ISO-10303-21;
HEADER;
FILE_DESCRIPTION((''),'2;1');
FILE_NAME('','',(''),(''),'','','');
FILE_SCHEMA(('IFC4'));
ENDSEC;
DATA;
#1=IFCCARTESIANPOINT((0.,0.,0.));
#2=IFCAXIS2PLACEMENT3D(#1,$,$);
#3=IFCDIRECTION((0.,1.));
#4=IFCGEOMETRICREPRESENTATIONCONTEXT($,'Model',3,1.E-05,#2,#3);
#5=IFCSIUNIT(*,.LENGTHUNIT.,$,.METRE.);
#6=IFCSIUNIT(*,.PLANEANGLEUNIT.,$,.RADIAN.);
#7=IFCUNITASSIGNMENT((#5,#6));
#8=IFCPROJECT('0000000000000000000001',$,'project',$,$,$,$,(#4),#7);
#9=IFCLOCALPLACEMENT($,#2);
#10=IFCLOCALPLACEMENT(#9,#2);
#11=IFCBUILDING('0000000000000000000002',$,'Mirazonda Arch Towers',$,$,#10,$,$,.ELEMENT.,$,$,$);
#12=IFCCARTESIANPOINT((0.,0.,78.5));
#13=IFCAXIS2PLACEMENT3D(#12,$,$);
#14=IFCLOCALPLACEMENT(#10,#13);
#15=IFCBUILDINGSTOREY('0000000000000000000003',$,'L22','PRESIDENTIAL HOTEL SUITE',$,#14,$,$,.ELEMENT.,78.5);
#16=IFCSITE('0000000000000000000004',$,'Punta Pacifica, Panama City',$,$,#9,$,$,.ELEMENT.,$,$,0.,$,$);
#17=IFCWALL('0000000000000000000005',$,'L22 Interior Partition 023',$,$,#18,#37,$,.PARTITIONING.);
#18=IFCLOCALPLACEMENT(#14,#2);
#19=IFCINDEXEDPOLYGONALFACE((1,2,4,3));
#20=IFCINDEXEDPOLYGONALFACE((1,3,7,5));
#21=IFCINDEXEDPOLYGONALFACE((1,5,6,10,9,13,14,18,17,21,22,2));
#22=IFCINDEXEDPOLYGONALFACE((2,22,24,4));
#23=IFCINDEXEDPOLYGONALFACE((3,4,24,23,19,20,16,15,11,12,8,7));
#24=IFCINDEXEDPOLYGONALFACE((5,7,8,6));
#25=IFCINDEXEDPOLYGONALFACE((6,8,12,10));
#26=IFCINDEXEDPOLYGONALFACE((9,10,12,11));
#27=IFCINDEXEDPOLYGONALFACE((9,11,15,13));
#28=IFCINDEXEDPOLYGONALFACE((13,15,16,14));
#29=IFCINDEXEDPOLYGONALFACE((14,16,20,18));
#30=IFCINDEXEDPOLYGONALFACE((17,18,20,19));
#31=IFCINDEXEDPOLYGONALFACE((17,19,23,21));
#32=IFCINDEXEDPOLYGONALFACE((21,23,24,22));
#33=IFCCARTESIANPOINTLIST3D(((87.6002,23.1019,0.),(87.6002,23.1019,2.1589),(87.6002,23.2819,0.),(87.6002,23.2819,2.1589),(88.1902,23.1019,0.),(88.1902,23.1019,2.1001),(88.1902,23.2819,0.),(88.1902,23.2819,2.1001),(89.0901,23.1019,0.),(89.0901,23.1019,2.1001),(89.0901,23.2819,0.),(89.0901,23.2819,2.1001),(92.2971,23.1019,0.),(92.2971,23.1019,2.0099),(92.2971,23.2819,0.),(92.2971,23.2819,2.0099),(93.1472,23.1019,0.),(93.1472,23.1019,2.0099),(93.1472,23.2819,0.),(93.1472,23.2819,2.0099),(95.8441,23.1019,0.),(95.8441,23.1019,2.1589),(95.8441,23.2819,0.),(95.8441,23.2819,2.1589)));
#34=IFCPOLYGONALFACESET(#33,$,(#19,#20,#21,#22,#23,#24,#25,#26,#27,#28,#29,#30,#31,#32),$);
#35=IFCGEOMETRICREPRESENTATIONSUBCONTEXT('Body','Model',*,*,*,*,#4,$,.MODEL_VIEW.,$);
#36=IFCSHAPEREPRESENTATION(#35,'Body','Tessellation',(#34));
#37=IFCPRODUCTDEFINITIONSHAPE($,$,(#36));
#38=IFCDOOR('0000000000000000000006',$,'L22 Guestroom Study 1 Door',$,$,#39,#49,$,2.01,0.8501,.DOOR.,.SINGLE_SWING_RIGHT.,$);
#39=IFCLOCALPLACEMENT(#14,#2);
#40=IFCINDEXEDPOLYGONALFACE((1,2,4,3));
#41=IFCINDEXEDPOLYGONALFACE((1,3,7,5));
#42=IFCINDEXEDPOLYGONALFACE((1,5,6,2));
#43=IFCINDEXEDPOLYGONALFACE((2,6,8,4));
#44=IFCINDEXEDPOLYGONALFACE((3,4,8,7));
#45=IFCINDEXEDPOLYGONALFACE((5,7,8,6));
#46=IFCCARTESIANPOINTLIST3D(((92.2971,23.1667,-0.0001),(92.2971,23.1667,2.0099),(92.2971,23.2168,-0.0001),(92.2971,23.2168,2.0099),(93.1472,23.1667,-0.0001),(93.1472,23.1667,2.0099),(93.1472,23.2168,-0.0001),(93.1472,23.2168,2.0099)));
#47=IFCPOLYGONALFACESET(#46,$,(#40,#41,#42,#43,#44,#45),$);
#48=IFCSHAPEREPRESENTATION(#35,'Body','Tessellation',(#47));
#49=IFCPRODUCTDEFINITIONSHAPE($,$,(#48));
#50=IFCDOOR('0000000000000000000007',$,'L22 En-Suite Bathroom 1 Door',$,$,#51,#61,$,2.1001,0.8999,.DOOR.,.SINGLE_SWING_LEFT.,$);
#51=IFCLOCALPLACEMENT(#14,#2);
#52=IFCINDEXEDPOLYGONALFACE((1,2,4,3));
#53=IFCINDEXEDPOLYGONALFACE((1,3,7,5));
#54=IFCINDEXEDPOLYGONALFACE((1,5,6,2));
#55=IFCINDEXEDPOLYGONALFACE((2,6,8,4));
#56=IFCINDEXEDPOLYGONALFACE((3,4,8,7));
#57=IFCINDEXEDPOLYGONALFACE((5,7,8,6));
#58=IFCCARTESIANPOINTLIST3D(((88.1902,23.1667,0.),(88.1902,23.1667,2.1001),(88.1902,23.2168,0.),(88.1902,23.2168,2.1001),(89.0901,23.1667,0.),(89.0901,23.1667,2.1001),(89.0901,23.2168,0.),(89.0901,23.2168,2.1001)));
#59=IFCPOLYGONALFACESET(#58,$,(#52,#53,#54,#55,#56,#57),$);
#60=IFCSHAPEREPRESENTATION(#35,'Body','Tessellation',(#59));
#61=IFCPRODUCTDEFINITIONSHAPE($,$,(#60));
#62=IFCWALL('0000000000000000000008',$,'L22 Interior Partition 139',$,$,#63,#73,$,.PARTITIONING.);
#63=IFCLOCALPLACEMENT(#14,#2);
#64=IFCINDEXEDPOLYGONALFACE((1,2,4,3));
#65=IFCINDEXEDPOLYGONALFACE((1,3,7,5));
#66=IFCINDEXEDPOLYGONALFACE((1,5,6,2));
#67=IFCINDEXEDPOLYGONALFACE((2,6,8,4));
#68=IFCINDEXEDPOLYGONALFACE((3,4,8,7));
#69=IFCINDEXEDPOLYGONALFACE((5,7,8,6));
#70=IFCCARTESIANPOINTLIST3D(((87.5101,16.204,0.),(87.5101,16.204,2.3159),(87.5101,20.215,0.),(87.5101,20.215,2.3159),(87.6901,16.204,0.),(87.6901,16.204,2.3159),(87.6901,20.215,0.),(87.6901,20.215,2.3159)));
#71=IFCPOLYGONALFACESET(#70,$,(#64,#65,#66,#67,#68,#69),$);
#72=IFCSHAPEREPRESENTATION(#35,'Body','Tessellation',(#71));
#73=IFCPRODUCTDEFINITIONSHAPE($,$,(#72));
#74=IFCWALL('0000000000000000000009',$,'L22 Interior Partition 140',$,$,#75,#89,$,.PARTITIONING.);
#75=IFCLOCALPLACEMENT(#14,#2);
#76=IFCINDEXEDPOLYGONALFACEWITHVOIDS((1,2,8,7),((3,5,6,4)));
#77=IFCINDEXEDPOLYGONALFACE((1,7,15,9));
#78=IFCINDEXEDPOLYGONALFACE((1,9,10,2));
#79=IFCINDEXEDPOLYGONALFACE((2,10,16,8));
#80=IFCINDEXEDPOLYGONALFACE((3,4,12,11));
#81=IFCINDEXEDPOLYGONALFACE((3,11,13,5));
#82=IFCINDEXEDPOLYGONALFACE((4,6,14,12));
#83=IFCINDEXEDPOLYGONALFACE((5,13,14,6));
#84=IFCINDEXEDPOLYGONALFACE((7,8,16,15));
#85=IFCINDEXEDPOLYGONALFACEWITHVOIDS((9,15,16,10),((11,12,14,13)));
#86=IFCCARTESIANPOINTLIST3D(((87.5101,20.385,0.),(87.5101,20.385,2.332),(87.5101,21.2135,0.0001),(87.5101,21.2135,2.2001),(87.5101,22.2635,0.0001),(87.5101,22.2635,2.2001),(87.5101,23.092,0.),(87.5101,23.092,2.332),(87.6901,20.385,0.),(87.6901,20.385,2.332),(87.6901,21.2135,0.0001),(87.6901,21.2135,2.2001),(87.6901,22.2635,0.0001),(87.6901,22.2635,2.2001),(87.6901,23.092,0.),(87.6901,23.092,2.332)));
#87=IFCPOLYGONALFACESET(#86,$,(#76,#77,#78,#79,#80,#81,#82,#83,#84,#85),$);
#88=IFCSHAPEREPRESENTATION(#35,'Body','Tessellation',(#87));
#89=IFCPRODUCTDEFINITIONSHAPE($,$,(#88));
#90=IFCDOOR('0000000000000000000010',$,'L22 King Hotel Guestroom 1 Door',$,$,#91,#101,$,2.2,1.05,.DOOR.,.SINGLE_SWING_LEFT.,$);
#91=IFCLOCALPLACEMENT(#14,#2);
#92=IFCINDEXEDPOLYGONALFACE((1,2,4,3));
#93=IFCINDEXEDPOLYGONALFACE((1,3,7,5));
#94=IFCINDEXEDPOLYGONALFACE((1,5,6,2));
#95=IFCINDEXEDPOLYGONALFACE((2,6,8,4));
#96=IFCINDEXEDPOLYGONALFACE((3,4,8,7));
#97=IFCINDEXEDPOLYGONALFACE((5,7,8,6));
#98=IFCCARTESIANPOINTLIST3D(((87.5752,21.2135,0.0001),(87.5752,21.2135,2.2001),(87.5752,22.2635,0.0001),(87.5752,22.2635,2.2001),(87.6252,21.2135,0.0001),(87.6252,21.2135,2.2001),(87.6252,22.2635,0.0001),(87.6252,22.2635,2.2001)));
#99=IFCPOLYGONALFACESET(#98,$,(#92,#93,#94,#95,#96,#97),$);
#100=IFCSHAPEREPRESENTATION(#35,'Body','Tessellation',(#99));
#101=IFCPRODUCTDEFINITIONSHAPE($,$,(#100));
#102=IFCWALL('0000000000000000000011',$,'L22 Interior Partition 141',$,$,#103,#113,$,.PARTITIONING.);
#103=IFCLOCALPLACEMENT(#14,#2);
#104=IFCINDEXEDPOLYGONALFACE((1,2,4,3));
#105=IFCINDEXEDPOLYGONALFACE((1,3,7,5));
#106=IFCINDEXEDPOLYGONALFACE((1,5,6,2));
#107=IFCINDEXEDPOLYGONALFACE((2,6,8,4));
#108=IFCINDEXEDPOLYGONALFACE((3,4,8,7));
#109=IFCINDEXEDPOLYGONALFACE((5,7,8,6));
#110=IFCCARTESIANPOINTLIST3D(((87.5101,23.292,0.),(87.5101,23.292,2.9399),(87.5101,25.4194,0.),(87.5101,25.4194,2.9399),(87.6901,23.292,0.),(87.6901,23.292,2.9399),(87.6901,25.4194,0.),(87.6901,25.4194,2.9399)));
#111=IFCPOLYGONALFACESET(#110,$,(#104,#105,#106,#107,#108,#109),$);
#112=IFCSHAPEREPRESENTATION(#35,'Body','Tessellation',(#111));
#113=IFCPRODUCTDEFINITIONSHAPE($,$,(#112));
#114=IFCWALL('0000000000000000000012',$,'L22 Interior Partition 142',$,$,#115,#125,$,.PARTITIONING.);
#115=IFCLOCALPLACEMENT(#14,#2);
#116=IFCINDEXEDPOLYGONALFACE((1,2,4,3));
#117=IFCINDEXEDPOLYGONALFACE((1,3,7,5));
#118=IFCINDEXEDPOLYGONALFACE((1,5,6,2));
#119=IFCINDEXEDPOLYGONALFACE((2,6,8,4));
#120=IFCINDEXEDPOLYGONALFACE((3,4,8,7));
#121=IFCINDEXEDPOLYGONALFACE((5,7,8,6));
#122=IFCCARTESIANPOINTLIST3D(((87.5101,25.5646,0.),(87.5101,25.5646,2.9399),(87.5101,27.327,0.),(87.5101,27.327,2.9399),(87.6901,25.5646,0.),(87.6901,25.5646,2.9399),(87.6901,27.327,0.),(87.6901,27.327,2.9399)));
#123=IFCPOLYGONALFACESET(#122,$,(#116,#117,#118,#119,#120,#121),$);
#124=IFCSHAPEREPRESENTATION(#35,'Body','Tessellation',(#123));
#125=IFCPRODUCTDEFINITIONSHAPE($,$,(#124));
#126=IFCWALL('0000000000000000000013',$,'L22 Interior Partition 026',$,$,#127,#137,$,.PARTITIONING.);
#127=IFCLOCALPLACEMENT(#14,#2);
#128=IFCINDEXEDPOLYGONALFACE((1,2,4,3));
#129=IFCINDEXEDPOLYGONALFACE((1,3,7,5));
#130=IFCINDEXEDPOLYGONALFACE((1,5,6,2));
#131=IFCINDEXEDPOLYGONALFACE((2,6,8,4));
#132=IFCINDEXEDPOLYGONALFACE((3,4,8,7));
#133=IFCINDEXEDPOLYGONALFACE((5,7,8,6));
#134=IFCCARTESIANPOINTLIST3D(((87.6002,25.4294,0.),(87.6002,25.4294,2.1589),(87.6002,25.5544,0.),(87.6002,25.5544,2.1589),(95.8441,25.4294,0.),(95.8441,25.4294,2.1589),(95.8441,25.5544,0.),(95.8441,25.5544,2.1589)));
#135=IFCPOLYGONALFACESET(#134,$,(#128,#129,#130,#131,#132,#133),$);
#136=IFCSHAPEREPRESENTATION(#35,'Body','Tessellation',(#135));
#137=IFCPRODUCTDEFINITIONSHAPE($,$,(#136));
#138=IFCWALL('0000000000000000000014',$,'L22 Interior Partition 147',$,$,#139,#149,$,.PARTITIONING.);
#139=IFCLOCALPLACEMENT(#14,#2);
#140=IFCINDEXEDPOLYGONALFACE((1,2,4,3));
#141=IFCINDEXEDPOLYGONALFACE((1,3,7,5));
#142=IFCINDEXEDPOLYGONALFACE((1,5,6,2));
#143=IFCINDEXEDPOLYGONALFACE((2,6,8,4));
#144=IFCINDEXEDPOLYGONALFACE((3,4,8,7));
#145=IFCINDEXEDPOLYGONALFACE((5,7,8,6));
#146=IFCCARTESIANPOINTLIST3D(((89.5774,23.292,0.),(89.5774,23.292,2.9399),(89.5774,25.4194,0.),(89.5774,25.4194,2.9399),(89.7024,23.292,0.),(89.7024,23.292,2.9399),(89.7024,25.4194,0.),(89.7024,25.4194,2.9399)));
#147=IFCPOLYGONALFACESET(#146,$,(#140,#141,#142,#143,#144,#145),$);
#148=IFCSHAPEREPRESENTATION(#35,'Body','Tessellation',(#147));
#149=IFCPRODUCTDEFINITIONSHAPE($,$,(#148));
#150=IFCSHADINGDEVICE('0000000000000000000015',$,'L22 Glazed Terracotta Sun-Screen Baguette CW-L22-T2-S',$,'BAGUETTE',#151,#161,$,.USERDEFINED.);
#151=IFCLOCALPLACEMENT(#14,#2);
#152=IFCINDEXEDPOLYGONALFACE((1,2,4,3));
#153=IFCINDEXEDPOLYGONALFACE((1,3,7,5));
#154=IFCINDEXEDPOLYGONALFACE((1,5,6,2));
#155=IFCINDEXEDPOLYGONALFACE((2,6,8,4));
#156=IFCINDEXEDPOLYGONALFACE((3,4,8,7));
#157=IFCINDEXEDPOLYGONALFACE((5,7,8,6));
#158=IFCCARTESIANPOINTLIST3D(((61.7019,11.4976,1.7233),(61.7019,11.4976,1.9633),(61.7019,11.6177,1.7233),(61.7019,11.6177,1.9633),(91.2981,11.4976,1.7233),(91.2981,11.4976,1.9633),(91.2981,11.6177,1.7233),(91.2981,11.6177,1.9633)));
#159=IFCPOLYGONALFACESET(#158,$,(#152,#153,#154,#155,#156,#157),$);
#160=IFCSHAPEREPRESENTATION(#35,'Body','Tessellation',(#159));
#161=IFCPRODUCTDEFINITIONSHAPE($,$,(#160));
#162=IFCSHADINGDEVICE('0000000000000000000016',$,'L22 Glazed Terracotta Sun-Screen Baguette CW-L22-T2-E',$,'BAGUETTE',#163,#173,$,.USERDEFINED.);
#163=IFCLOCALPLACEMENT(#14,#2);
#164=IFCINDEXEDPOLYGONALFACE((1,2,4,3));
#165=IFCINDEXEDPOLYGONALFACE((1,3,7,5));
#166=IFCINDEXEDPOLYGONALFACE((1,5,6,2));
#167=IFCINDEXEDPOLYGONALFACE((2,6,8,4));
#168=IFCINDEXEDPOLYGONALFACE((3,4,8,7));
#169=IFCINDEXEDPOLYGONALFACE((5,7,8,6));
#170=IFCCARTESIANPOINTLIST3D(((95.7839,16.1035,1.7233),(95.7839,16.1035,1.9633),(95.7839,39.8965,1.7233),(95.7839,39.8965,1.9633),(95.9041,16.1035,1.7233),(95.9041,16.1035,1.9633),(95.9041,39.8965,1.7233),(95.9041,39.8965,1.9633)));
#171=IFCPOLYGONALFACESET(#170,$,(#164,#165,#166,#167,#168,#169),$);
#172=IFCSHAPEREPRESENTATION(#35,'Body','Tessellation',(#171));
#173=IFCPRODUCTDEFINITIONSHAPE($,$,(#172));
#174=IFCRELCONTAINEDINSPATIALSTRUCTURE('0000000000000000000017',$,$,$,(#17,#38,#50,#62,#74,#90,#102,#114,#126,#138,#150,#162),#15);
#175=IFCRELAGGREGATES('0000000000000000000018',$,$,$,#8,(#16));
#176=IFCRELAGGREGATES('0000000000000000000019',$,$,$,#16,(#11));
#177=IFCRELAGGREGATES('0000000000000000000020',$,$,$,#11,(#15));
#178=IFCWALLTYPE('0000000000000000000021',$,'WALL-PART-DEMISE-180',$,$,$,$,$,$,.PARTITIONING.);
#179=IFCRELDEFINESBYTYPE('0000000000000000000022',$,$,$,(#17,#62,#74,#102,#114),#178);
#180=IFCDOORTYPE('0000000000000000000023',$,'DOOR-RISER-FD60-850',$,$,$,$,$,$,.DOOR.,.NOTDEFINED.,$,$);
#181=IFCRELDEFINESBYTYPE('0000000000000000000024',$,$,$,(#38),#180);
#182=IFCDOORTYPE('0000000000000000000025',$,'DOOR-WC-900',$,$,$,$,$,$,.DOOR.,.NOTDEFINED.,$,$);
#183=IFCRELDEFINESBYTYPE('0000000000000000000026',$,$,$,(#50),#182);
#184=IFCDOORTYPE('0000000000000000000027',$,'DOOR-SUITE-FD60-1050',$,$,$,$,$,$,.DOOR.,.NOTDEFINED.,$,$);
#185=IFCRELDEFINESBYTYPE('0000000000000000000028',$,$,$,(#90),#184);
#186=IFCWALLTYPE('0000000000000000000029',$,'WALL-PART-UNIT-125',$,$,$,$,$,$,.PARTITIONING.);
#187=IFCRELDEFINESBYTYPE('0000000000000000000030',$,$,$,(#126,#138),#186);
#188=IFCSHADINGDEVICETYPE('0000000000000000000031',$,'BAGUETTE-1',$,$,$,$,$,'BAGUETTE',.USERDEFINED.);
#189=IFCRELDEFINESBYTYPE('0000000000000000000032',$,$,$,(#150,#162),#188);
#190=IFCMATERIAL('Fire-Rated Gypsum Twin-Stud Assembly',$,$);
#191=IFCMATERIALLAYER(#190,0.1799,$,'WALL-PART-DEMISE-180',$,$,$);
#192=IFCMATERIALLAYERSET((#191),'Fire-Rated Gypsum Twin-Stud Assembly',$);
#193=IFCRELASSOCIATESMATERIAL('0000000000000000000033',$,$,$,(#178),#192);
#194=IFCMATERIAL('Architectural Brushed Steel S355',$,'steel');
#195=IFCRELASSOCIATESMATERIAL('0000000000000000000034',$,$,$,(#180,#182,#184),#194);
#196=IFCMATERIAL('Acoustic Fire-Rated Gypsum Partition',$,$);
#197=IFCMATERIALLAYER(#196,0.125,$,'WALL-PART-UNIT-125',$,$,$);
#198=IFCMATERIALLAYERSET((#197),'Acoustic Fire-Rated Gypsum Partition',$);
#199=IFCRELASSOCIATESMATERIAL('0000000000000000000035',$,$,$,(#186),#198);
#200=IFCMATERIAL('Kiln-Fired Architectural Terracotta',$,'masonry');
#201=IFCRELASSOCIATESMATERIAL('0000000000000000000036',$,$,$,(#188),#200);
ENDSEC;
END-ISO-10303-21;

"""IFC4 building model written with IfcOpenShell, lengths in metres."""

from ifc_helpers import new_model, si_unit, direction, frame, frame_2d, origin, origin_2d, place, context, subcontext, project, spatial, rectangle, extrude, material, layer, layer_set, material_profile, profile_set, type_object, element, fill, save


model = new_model("IFC4")

# Units and contexts
model_context = context("Model", 3, precision=1e-05, world=origin(), true_north=direction((0.0, 1.0)))
body_context = subcontext(model_context, "Body", "Model", "MODEL_VIEW")
ifc_project = project(units=[si_unit("LENGTHUNIT", "METRE"), si_unit("PLANEANGLEUNIT", "RADIAN")], contexts=[model_context])

# Site, building, storey
site_placement = place(None, origin())
site = spatial("IfcSite", under=ifc_project, at=site_placement, Name="Punta Pacifica, Panama City", CompositionType="ELEMENT", RefElevation=0.0)
building_placement = place(site_placement, origin())
building = spatial("IfcBuilding", under=site, at=building_placement, Name="Mirazonda Arch Towers", CompositionType="ELEMENT")
storey_placement = place(building_placement, frame((0.0, 0.0, 78.5)))
storey = spatial("IfcBuildingStorey", under=building, at=storey_placement, Name="L22", Description="PRESIDENTIAL HOTEL SUITE", CompositionType="ELEMENT", Elevation=78.5)

# Shared definitions
ifc_material_1 = material(Name="Fire-Rated Gypsum Twin-Stud Assembly")
ifc_layer_1 = layer(ifc_material_1, 0.1799, Name="WALL-PART-DEMISE-180")
ifc_layer_set_1 = layer_set([ifc_layer_1], Name="Fire-Rated Gypsum Twin-Stud Assembly")
wall_type_1 = type_object("IfcWallType", Name="WALL-PART-DEMISE-180", PredefinedType="PARTITIONING", material=ifc_layer_set_1)

# Wall, openings, doors
wall_1_placement = place(storey_placement, frame((87.6001, 23.1919, 0.0), z_axis=(0.0, 0.0, 1.0), x_axis=(1.0, 0.0, 0.0)))
wall_1 = element("IfcWall", 1, at=wall_1_placement, inside=storey, type_object=wall_type_1, Name="L22 Interior Partition 023", PredefinedType="PARTITIONING", context=body_context, shape_type="SweptSolid", body=[
    extrude(rectangle(XDim=8.2439, YDim=0.1799, at=frame_2d((4.1221, 0.0))), origin(), (0.0, 0.0, 1.0), 2.1589),
])
opening_1_placement = place(wall_1_placement, frame((4.697, 0.0, 0.0)))
opening_1 = element("IfcOpeningElement", 2, at=opening_1_placement, cuts=wall_1, PredefinedType="OPENING", context=body_context, shape_type="SweptSolid", body=[
    extrude(rectangle(XDim=0.8501, YDim=2.01, at=frame_2d((0.425, 1.0049))), frame((0.0, 0.0999, 0.0), z_axis=(0.0, -1.0, 0.0), x_axis=(1.0, 0.0, 0.0)), (0.0, 0.0, 1.0), 0.2),
])
opening_2_placement = place(wall_1_placement, frame((0.5901, 0.0, 0.0)))
opening_2 = element("IfcOpeningElement", 3, at=opening_2_placement, cuts=wall_1, PredefinedType="OPENING", context=body_context, shape_type="SweptSolid", body=[
    extrude(rectangle(XDim=0.8999, YDim=2.1001, at=frame_2d((0.45, 1.05))), frame((0.0, 0.0999, 0.0), z_axis=(0.0, -1.0, 0.0), x_axis=(1.0, 0.0, 0.0)), (0.0, 0.0, 1.0), 0.2),
])
ifc_material_2 = material(Name="Architectural Brushed Steel S355", Category="steel")
door_type_1 = type_object("IfcDoorType", Name="DOOR-RISER-FD60-850", OperationType="NOTDEFINED", PredefinedType="DOOR", material=ifc_material_2)
door_1_placement = place(opening_1_placement, origin())
door_1 = element("IfcDoor", 4, at=door_1_placement, inside=storey, type_object=door_type_1, Name="L22 Guestroom Study 1 Door", OperationType="SINGLE_SWING_RIGHT", OverallHeight=2.01, OverallWidth=0.8501, PredefinedType="DOOR", context=body_context, shape_type="SweptSolid", body=[
    extrude(rectangle(XDim=0.8501, YDim=2.01, at=frame_2d((0.425, 1.0049))), frame((0.0, 0.0249, 0.0), z_axis=(0.0, -1.0, 0.0), x_axis=(1.0, 0.0, 0.0)), (0.0, 0.0, 1.0), 0.05),
])
fill(opening_1, door_1)
door_type_2 = type_object("IfcDoorType", Name="DOOR-WC-900", OperationType="NOTDEFINED", PredefinedType="DOOR", material=ifc_material_2)
door_2_placement = place(opening_2_placement, origin())
door_2 = element("IfcDoor", 5, at=door_2_placement, inside=storey, type_object=door_type_2, Name="L22 En-Suite Bathroom 1 Door", OperationType="SINGLE_SWING_LEFT", OverallHeight=2.1001, OverallWidth=0.8999, PredefinedType="DOOR", context=body_context, shape_type="SweptSolid", body=[
    extrude(rectangle(XDim=0.8999, YDim=2.1001, at=frame_2d((0.45, 1.05))), frame((0.0, 0.0249, 0.0), z_axis=(0.0, -1.0, 0.0), x_axis=(1.0, 0.0, 0.0)), (0.0, 0.0, 1.0), 0.05),
])
fill(opening_2, door_2)

# Wall
wall_2_placement = place(storey_placement, frame((87.6001, 16.2041, 0.0), z_axis=(0.0, 0.0, 1.0), x_axis=(0.0, 1.0, 0.0)))
element("IfcWall", 6, at=wall_2_placement, inside=storey, type_object=wall_type_1, Name="L22 Interior Partition 139", PredefinedType="PARTITIONING", context=body_context, shape_type="SweptSolid", body=[
    extrude(rectangle(XDim=4.011, YDim=0.1799, at=frame_2d((2.0054, 0.0))), origin(), (0.0, 0.0, 1.0), 2.3159),
])

# Wall, opening, door
wall_3_placement = place(storey_placement, frame((87.6001, 20.385, 0.0), z_axis=(0.0, 0.0, 1.0), x_axis=(0.0, 1.0, 0.0)))
wall_3 = element("IfcWall", 7, at=wall_3_placement, inside=storey, type_object=wall_type_1, Name="L22 Interior Partition 140", PredefinedType="PARTITIONING", context=body_context, shape_type="SweptSolid", body=[
    extrude(rectangle(XDim=2.707, YDim=0.1799, at=frame_2d((1.3535, 0.0))), origin(), (0.0, 0.0, 1.0), 2.332),
])
opening_3_placement = place(wall_3_placement, frame((0.8286, 0.0, 0.0)))
opening_3 = element("IfcOpeningElement", 8, at=opening_3_placement, cuts=wall_3, PredefinedType="OPENING", context=body_context, shape_type="SweptSolid", body=[
    extrude(rectangle(XDim=1.05, YDim=2.2, at=frame_2d((0.5249, 1.1001))), frame((0.0, 0.0999, 0.0), z_axis=(0.0, -1.0, 0.0), x_axis=(1.0, 0.0, 0.0)), (0.0, 0.0, 1.0), 0.2),
])
door_type_3 = type_object("IfcDoorType", Name="DOOR-SUITE-FD60-1050", OperationType="NOTDEFINED", PredefinedType="DOOR", material=ifc_material_2)
door_3_placement = place(opening_3_placement, origin())
door_3 = element("IfcDoor", 9, at=door_3_placement, inside=storey, type_object=door_type_3, Name="L22 King Hotel Guestroom 1 Door", OperationType="SINGLE_SWING_LEFT", OverallHeight=2.2, OverallWidth=1.05, PredefinedType="DOOR", context=body_context, shape_type="SweptSolid", body=[
    extrude(rectangle(XDim=1.05, YDim=2.2, at=frame_2d((0.5249, 1.1001))), frame((0.0, 0.0249, 0.0), z_axis=(0.0, -1.0, 0.0), x_axis=(1.0, 0.0, 0.0)), (0.0, 0.0, 1.0), 0.05),
])
fill(opening_3, door_3)

# Walls
wall_4_placement = place(storey_placement, frame((87.6001, 23.292, 0.0), z_axis=(0.0, 0.0, 1.0), x_axis=(0.0, 1.0, 0.0)))
element("IfcWall", 10, at=wall_4_placement, inside=storey, type_object=wall_type_1, Name="L22 Interior Partition 141", PredefinedType="PARTITIONING", context=body_context, shape_type="SweptSolid", body=[
    extrude(rectangle(XDim=2.1274, YDim=0.1799, at=frame_2d((1.0637, 0.0))), origin(), (0.0, 0.0, 1.0), 2.9399),
])
wall_5_placement = place(storey_placement, frame((87.6001, 25.5645, 0.0), z_axis=(0.0, 0.0, 1.0), x_axis=(0.0, 1.0, 0.0)))
element("IfcWall", 11, at=wall_5_placement, inside=storey, type_object=wall_type_1, Name="L22 Interior Partition 142", PredefinedType="PARTITIONING", context=body_context, shape_type="SweptSolid", body=[
    extrude(rectangle(XDim=1.7625, YDim=0.1799, at=frame_2d((0.8813, 0.0))), origin(), (0.0, 0.0, 1.0), 2.9399),
])
ifc_material_3 = material(Name="Acoustic Fire-Rated Gypsum Partition")
ifc_layer_2 = layer(ifc_material_3, 0.125, Name="WALL-PART-UNIT-125")
ifc_layer_set_2 = layer_set([ifc_layer_2], Name="Acoustic Fire-Rated Gypsum Partition")
wall_type_2 = type_object("IfcWallType", Name="WALL-PART-UNIT-125", PredefinedType="PARTITIONING", material=ifc_layer_set_2)
wall_6_placement = place(storey_placement, frame((87.6001, 25.4919, 0.0), z_axis=(0.0, 0.0, 1.0), x_axis=(1.0, 0.0, 0.0)))
element("IfcWall", 12, at=wall_6_placement, inside=storey, type_object=wall_type_2, Name="L22 Interior Partition 026", PredefinedType="PARTITIONING", context=body_context, shape_type="SweptSolid", body=[
    extrude(rectangle(XDim=8.2439, YDim=0.125, at=frame_2d((4.1221, 0.0))), origin(), (0.0, 0.0, 1.0), 2.1589),
])
wall_7_placement = place(storey_placement, frame((89.6399, 23.292, 0.0), z_axis=(0.0, 0.0, 1.0), x_axis=(0.0, 1.0, 0.0)))
element("IfcWall", 13, at=wall_7_placement, inside=storey, type_object=wall_type_2, Name="L22 Interior Partition 147", PredefinedType="PARTITIONING", context=body_context, shape_type="SweptSolid", body=[
    extrude(rectangle(XDim=2.1274, YDim=0.125, at=frame_2d((1.0637, 0.0))), origin(), (0.0, 0.0, 1.0), 2.9399),
])

# Shading devices
ifc_material_4 = material(Name="Kiln-Fired Architectural Terracotta", Category="masonry")
ifc_material_profile_1 = material_profile(ifc_material_4, rectangle(XDim=0.1201, YDim=0.24, at=origin_2d()), Name="TERRA-BAG-120x240")
ifc_profile_set_1 = profile_set([ifc_material_profile_1], Name="Kiln-Fired Architectural Terracotta")
shading_device_type = type_object("IfcShadingDeviceType", Name="BAGUETTE-1", ElementType="BAGUETTE", PredefinedType="USERDEFINED", material=ifc_profile_set_1)
shading_device_1_placement = place(storey_placement, frame((91.2981, 11.5576, 1.8433), z_axis=(-1.0, 0.0, 0.0), x_axis=(0.0, -1.0, 0.0)))
element("IfcShadingDevice", 14, at=shading_device_1_placement, inside=storey, type_object=shading_device_type, Name="L22 Glazed Terracotta Sun-Screen Baguette CW-L22-T2-S", ObjectType="BAGUETTE", PredefinedType="USERDEFINED", context=body_context, shape_type="SweptSolid", body=[
    extrude(rectangle(XDim=0.1201, YDim=0.24, at=origin_2d()), origin(), (0.0, 0.0, 1.0), 29.5962),
])
shading_device_2_placement = place(storey_placement, frame((95.844, 16.1035, 1.8433), z_axis=(0.0, 1.0, 0.0), x_axis=(-1.0, 0.0, 0.0)))
element("IfcShadingDevice", 15, at=shading_device_2_placement, inside=storey, type_object=shading_device_type, Name="L22 Glazed Terracotta Sun-Screen Baguette CW-L22-T2-E", ObjectType="BAGUETTE", PredefinedType="USERDEFINED", context=body_context, shape_type="SweptSolid", body=[
    extrude(rectangle(XDim=0.1201, YDim=0.24, at=origin_2d()), origin(), (0.0, 0.0, 1.0), 23.793),
])

save(model, "model.ifc")
